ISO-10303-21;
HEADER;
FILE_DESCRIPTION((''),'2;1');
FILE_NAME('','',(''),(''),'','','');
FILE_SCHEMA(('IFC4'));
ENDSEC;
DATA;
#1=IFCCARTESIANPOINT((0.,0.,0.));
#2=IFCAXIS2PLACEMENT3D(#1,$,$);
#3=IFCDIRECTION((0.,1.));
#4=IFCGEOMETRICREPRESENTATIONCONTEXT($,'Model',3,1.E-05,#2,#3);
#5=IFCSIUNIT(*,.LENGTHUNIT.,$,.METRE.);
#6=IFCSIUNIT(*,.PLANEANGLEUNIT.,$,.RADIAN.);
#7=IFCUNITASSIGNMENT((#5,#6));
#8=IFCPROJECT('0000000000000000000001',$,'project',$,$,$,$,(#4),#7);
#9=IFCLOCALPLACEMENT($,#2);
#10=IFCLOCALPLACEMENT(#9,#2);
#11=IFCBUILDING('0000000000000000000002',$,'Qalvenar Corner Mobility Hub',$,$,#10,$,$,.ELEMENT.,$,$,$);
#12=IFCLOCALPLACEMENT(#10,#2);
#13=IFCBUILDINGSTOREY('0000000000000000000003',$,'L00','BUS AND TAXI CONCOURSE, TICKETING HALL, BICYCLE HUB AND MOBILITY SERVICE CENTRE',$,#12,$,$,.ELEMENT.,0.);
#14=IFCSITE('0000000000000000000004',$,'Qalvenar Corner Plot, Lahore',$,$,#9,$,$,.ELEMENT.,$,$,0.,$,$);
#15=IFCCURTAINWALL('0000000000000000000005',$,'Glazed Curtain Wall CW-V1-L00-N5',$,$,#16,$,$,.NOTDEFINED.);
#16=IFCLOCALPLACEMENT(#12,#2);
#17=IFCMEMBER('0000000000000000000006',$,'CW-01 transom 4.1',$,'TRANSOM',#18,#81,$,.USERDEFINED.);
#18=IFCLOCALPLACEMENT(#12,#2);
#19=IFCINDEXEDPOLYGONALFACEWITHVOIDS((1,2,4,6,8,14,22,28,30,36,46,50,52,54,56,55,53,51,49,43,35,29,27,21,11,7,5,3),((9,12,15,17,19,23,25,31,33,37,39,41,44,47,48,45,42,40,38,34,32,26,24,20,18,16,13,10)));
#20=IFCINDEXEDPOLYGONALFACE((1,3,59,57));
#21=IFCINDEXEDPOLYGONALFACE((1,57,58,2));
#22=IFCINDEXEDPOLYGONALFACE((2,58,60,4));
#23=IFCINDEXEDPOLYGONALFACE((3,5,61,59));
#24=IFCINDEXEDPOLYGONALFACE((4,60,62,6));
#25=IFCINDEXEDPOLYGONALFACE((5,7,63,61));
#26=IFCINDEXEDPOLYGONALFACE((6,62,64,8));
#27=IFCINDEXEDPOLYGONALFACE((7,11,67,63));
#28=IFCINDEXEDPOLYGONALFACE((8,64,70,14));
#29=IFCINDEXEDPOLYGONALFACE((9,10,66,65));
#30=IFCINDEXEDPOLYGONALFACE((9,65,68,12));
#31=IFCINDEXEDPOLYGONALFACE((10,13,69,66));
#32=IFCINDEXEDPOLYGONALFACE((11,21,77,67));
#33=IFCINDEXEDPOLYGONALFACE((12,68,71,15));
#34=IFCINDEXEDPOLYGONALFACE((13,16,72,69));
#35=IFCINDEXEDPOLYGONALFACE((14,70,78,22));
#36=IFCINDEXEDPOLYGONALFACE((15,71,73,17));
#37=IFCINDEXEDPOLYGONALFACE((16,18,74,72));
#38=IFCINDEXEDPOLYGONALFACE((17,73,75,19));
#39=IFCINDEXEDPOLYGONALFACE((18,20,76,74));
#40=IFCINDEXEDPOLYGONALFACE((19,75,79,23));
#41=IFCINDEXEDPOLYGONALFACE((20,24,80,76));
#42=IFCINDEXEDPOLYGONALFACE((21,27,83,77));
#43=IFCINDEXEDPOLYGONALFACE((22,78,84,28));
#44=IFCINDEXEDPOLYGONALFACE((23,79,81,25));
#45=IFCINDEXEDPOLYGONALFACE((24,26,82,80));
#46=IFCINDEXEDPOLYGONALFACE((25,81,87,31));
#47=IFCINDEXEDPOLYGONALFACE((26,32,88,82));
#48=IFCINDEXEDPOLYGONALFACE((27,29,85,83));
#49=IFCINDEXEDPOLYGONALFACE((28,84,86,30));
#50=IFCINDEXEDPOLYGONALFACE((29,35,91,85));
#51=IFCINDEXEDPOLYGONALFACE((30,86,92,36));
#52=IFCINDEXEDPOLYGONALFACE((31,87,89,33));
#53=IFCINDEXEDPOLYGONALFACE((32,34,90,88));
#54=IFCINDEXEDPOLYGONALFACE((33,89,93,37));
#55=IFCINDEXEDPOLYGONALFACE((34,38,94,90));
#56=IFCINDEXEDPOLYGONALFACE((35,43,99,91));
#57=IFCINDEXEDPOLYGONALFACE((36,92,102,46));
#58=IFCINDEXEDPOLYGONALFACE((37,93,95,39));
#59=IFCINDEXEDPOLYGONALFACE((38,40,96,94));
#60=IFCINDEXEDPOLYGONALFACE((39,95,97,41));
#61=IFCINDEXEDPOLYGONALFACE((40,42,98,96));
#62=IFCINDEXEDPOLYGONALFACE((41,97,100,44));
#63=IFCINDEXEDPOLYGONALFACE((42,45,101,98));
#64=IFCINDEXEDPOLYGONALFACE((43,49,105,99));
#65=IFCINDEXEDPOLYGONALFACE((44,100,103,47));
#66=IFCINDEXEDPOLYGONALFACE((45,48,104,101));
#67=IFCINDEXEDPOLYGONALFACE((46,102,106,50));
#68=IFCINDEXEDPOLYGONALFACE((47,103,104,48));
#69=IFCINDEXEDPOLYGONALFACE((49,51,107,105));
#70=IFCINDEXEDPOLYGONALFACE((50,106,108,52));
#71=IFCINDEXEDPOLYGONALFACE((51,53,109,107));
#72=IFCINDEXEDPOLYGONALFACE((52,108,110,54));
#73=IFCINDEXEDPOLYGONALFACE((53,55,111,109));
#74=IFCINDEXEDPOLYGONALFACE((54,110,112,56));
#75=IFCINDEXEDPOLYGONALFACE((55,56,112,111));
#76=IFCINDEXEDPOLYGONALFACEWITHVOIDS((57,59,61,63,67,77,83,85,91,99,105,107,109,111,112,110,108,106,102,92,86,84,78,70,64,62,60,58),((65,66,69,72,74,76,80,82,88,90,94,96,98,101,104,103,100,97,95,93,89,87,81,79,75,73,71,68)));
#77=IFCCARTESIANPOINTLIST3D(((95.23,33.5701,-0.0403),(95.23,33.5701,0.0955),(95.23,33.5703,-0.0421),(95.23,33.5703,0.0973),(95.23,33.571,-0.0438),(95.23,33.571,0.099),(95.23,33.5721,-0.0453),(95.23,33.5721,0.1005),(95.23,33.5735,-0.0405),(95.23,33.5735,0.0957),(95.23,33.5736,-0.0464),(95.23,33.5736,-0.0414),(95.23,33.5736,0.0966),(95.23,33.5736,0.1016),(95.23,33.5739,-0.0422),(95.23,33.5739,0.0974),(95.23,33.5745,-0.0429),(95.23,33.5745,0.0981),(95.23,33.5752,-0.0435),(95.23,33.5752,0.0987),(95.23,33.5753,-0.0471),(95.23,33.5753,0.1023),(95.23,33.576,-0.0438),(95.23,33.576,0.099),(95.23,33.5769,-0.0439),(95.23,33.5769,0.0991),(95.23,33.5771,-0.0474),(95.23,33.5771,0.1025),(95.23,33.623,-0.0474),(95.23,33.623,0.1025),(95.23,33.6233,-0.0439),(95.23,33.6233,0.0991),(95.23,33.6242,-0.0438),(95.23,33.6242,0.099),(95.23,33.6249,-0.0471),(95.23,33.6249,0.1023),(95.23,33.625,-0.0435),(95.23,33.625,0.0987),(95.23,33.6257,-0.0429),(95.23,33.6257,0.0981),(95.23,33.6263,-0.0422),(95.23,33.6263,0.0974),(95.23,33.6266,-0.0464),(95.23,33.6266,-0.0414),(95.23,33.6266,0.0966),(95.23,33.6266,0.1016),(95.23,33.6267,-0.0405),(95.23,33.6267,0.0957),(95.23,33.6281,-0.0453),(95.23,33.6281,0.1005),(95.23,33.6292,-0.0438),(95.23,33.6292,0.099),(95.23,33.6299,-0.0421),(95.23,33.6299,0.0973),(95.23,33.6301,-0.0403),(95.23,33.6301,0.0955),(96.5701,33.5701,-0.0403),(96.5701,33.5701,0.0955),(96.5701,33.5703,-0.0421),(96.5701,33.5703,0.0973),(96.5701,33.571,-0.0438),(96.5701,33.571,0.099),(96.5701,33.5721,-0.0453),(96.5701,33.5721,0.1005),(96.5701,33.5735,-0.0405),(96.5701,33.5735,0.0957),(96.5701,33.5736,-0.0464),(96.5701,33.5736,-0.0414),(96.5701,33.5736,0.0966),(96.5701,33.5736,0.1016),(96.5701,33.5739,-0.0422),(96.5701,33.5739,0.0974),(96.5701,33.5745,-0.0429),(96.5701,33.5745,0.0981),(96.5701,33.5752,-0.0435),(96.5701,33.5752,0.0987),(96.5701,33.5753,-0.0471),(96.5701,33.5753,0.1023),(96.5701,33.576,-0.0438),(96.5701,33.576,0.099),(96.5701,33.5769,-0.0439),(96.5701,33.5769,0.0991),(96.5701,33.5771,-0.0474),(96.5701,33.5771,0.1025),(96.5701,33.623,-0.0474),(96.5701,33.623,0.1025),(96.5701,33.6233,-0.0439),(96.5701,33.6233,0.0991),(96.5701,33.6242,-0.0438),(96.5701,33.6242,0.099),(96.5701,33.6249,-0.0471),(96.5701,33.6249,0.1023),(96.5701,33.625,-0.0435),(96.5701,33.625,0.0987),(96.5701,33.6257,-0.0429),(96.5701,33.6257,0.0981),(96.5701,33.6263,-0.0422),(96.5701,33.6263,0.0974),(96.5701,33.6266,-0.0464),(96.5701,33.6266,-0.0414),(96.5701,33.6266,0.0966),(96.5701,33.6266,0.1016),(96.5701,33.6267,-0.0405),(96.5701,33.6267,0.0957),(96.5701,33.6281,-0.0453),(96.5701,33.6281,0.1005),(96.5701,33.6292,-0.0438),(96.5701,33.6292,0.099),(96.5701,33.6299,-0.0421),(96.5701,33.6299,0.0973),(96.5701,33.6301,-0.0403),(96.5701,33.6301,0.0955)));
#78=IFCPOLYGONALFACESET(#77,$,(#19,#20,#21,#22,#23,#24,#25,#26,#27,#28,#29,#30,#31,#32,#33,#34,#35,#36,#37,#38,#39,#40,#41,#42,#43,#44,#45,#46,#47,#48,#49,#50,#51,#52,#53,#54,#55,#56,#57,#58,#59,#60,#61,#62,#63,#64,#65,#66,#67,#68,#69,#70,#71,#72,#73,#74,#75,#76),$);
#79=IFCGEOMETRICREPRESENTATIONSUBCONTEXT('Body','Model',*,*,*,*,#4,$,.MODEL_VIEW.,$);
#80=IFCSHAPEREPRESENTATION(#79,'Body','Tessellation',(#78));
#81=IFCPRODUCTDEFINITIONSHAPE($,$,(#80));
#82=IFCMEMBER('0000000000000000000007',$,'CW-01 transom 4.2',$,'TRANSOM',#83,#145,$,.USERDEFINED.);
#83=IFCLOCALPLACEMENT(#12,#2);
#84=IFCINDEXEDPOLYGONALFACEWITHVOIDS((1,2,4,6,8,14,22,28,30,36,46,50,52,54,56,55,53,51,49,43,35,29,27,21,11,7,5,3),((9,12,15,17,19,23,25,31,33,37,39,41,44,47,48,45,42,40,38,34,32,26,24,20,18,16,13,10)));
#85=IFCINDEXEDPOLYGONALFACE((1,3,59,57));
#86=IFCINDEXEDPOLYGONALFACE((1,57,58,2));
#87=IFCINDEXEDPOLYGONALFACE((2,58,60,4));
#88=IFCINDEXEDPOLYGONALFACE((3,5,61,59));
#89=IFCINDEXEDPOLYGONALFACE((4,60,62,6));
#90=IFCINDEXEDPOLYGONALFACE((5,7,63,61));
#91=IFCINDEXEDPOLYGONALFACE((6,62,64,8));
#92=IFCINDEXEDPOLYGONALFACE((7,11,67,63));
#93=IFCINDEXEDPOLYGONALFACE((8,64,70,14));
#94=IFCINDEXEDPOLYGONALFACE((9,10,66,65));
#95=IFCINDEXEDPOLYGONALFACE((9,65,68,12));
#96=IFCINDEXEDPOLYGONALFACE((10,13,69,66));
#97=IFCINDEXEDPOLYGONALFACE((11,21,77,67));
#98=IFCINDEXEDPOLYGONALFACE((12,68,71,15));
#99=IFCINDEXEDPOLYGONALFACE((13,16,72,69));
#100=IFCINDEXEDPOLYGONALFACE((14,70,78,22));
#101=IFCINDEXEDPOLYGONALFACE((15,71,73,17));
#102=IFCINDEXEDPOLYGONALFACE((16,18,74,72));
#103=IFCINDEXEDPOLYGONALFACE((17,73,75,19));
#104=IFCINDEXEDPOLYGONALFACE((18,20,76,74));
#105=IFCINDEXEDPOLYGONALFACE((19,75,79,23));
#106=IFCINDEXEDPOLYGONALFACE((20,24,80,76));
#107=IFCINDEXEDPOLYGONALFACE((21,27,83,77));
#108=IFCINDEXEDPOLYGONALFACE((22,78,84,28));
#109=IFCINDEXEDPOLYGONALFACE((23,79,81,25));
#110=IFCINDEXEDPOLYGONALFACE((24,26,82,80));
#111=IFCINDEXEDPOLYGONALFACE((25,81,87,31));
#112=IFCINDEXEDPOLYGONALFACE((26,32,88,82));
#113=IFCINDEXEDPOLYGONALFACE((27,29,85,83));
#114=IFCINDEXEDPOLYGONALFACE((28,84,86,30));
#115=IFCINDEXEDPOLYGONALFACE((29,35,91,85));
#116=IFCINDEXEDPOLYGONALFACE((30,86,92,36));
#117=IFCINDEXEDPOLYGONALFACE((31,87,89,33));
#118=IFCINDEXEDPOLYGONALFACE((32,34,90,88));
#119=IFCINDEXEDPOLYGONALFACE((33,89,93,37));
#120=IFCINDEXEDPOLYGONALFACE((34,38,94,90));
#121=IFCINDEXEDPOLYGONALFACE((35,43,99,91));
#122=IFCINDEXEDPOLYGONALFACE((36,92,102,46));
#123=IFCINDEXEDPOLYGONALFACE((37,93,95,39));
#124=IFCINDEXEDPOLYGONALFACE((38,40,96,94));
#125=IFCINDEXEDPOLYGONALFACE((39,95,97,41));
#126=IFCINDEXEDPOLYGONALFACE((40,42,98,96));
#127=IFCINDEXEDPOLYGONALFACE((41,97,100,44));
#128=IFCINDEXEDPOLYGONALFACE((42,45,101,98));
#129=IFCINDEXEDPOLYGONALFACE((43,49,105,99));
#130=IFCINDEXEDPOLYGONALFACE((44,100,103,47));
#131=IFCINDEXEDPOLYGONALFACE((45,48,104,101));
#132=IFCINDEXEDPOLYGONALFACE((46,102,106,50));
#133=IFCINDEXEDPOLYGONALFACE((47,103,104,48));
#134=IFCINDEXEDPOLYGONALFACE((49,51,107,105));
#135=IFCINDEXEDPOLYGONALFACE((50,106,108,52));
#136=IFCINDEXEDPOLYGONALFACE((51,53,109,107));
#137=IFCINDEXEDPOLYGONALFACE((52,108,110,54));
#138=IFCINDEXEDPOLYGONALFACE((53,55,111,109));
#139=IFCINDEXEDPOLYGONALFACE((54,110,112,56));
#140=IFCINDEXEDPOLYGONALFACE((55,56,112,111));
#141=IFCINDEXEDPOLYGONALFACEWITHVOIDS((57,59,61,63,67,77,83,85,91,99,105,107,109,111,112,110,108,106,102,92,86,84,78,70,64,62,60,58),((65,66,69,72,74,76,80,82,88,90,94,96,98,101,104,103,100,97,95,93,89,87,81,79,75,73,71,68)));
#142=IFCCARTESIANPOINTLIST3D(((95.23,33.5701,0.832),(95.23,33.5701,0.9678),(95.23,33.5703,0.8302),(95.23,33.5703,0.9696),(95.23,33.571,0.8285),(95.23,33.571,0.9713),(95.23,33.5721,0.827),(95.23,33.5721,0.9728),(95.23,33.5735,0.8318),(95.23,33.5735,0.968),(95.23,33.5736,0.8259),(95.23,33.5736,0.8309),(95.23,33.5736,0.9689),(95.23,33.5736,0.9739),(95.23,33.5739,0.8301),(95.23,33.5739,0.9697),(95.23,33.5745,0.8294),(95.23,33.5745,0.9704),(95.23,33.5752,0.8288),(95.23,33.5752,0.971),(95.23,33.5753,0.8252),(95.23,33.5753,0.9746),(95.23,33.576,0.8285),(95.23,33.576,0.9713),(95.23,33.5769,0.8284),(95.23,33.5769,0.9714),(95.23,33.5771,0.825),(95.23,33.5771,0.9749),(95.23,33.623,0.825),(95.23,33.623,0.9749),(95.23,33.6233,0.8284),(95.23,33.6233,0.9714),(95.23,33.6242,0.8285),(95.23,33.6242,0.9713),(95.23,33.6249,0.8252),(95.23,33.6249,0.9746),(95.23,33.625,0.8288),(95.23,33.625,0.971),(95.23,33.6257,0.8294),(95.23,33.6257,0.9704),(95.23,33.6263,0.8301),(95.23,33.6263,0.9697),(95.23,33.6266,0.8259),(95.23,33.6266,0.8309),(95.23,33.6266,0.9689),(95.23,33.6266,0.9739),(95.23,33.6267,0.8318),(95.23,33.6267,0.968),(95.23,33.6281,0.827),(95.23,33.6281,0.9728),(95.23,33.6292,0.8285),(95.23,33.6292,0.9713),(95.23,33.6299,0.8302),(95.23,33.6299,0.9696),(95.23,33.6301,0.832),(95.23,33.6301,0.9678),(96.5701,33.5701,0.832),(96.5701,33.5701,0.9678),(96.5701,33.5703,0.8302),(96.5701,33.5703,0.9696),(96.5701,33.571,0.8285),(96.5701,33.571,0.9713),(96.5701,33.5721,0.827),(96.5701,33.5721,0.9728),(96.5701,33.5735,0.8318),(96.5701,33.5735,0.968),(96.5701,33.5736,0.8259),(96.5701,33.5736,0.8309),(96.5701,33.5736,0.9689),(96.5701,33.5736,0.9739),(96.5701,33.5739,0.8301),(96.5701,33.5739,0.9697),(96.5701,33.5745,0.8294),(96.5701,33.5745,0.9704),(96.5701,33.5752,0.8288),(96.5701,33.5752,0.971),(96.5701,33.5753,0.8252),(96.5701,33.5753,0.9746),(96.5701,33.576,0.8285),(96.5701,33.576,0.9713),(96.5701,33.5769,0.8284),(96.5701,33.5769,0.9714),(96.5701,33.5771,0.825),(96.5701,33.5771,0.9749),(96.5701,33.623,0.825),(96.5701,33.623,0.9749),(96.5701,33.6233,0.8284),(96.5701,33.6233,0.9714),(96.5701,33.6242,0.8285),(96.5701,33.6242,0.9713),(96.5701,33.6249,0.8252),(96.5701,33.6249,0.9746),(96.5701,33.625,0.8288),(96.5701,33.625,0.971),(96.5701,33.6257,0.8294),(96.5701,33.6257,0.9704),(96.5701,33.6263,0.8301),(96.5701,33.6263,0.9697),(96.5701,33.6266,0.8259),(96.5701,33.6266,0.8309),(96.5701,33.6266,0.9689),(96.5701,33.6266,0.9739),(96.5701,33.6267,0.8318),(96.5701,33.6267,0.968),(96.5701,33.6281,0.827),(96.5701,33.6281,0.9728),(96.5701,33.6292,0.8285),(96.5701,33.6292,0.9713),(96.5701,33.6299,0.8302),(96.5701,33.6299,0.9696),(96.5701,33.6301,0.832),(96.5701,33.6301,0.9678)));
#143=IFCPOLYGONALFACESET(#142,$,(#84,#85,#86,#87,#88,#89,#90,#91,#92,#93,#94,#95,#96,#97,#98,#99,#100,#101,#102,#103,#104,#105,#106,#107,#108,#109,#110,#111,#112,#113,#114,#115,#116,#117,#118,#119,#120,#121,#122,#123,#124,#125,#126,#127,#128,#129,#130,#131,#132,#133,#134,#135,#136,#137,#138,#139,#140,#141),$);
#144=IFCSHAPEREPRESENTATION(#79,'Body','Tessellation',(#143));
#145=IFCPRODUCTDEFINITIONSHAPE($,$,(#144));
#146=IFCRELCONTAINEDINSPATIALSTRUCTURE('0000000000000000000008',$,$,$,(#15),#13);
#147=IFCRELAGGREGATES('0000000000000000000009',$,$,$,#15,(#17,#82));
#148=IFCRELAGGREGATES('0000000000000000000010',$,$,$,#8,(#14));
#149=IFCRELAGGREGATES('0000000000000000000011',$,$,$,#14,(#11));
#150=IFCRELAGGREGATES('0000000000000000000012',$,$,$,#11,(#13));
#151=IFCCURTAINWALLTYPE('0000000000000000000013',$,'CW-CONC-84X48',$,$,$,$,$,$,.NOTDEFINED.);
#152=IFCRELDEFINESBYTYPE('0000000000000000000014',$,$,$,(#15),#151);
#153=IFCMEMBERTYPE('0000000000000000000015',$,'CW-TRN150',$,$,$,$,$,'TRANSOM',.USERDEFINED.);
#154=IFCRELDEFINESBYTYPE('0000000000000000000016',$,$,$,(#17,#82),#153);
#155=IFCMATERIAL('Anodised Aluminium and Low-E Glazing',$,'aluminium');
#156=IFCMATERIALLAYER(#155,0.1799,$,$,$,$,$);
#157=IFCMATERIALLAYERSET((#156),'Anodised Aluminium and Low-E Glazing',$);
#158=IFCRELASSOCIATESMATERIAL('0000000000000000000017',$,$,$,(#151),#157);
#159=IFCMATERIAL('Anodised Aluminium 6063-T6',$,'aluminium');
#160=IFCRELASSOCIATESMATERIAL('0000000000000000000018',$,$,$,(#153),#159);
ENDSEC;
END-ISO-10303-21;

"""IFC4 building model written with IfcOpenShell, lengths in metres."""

from ifc_helpers import new_model, si_unit, direction, frame, origin, origin_2d, place, context, subcontext, project, spatial, hollow_rectangle, extrude, material, layer, layer_set, material_profile, profile_set, type_object, element, aggregate, save


model = new_model("IFC4")

# Units and contexts
model_context = context("Model", 3, precision=1e-05, world=origin(), true_north=direction((0.0, 1.0)))
body_context = subcontext(model_context, "Body", "Model", "MODEL_VIEW")
ifc_project = project(units=[si_unit("LENGTHUNIT", "METRE"), si_unit("PLANEANGLEUNIT", "RADIAN")], contexts=[model_context])

# Site, building, storey
site_placement = place(None, origin())
site = spatial("IfcSite", under=ifc_project, at=site_placement, Name="Qalvenar Corner Plot, Lahore", CompositionType="ELEMENT", RefElevation=0.0)
building_placement = place(site_placement, origin())
building = spatial("IfcBuilding", under=site, at=building_placement, Name="Qalvenar Corner Mobility Hub", CompositionType="ELEMENT")
storey_placement = place(building_placement, origin())
storey = spatial("IfcBuildingStorey", under=building, at=storey_placement, Name="L00", Description="BUS AND TAXI CONCOURSE, TICKETING HALL, BICYCLE HUB AND MOBILITY SERVICE CENTRE", CompositionType="ELEMENT", Elevation=0.0)

# Curtain wall, members
ifc_material_1 = material(Name="Anodised Aluminium and Low-E Glazing", Category="aluminium")
ifc_layer_1 = layer(ifc_material_1, 0.1799)
ifc_layer_set_1 = layer_set([ifc_layer_1], Name="Anodised Aluminium and Low-E Glazing")
curtain_wall_type = type_object("IfcCurtainWallType", Name="CW-CONC-84X48", PredefinedType="NOTDEFINED", material=ifc_layer_set_1)
curtain_wall_placement = place(storey_placement, origin())
curtain_wall = element("IfcCurtainWall", 1, at=curtain_wall_placement, inside=storey, type_object=curtain_wall_type, Name="Glazed Curtain Wall CW-V1-L00-N5", PredefinedType="NOTDEFINED")
ifc_material_2 = material(Name="Anodised Aluminium 6063-T6", Category="aluminium")
ifc_material_profile_1 = material_profile(ifc_material_2, hollow_rectangle(XDim=0.0601, YDim=0.1499, WallThickness=0.0034, InnerFilletRadius=0.0034, OuterFilletRadius=0.0071, at=origin_2d()), Name="RHS150x60x3.5")
ifc_profile_set_1 = profile_set([ifc_material_profile_1], Name="Anodised Aluminium 6063-T6")
member_type_1 = type_object("IfcMemberType", Name="CW-TRN150", ElementType="TRANSOM", PredefinedType="USERDEFINED", material=ifc_profile_set_1)
member_1_placement = place(storey_placement, frame((96.5701, 33.6001, 0.0276), z_axis=(-1.0, 0.0, 0.0), x_axis=(0.0, -1.0, 0.0)))
member_1 = element("IfcMember", 2, at=member_1_placement, type_object=member_type_1, Name="CW-01 transom 4.1", ObjectType="TRANSOM", PredefinedType="USERDEFINED", context=body_context, shape_type="SweptSolid", body=[
    extrude(hollow_rectangle(XDim=0.0601, YDim=0.1499, WallThickness=0.0034, InnerFilletRadius=0.0034, OuterFilletRadius=0.0071, at=origin_2d()), origin(), (0.0, 0.0, 1.0), 1.3401),
])
member_2_placement = place(storey_placement, frame((96.5701, 33.6001, 0.8999), z_axis=(-1.0, 0.0, 0.0), x_axis=(0.0, -1.0, 0.0)))
member_2 = element("IfcMember", 3, at=member_2_placement, type_object=member_type_1, Name="CW-01 transom 4.2", ObjectType="TRANSOM", PredefinedType="USERDEFINED", context=body_context, shape_type="SweptSolid", body=[
    extrude(hollow_rectangle(XDim=0.0601, YDim=0.1499, WallThickness=0.0034, InnerFilletRadius=0.0034, OuterFilletRadius=0.0071, at=origin_2d()), origin(), (0.0, 0.0, 1.0), 1.3401),
])
aggregate(curtain_wall, [member_1, member_2])

save(model, "model.ifc")
